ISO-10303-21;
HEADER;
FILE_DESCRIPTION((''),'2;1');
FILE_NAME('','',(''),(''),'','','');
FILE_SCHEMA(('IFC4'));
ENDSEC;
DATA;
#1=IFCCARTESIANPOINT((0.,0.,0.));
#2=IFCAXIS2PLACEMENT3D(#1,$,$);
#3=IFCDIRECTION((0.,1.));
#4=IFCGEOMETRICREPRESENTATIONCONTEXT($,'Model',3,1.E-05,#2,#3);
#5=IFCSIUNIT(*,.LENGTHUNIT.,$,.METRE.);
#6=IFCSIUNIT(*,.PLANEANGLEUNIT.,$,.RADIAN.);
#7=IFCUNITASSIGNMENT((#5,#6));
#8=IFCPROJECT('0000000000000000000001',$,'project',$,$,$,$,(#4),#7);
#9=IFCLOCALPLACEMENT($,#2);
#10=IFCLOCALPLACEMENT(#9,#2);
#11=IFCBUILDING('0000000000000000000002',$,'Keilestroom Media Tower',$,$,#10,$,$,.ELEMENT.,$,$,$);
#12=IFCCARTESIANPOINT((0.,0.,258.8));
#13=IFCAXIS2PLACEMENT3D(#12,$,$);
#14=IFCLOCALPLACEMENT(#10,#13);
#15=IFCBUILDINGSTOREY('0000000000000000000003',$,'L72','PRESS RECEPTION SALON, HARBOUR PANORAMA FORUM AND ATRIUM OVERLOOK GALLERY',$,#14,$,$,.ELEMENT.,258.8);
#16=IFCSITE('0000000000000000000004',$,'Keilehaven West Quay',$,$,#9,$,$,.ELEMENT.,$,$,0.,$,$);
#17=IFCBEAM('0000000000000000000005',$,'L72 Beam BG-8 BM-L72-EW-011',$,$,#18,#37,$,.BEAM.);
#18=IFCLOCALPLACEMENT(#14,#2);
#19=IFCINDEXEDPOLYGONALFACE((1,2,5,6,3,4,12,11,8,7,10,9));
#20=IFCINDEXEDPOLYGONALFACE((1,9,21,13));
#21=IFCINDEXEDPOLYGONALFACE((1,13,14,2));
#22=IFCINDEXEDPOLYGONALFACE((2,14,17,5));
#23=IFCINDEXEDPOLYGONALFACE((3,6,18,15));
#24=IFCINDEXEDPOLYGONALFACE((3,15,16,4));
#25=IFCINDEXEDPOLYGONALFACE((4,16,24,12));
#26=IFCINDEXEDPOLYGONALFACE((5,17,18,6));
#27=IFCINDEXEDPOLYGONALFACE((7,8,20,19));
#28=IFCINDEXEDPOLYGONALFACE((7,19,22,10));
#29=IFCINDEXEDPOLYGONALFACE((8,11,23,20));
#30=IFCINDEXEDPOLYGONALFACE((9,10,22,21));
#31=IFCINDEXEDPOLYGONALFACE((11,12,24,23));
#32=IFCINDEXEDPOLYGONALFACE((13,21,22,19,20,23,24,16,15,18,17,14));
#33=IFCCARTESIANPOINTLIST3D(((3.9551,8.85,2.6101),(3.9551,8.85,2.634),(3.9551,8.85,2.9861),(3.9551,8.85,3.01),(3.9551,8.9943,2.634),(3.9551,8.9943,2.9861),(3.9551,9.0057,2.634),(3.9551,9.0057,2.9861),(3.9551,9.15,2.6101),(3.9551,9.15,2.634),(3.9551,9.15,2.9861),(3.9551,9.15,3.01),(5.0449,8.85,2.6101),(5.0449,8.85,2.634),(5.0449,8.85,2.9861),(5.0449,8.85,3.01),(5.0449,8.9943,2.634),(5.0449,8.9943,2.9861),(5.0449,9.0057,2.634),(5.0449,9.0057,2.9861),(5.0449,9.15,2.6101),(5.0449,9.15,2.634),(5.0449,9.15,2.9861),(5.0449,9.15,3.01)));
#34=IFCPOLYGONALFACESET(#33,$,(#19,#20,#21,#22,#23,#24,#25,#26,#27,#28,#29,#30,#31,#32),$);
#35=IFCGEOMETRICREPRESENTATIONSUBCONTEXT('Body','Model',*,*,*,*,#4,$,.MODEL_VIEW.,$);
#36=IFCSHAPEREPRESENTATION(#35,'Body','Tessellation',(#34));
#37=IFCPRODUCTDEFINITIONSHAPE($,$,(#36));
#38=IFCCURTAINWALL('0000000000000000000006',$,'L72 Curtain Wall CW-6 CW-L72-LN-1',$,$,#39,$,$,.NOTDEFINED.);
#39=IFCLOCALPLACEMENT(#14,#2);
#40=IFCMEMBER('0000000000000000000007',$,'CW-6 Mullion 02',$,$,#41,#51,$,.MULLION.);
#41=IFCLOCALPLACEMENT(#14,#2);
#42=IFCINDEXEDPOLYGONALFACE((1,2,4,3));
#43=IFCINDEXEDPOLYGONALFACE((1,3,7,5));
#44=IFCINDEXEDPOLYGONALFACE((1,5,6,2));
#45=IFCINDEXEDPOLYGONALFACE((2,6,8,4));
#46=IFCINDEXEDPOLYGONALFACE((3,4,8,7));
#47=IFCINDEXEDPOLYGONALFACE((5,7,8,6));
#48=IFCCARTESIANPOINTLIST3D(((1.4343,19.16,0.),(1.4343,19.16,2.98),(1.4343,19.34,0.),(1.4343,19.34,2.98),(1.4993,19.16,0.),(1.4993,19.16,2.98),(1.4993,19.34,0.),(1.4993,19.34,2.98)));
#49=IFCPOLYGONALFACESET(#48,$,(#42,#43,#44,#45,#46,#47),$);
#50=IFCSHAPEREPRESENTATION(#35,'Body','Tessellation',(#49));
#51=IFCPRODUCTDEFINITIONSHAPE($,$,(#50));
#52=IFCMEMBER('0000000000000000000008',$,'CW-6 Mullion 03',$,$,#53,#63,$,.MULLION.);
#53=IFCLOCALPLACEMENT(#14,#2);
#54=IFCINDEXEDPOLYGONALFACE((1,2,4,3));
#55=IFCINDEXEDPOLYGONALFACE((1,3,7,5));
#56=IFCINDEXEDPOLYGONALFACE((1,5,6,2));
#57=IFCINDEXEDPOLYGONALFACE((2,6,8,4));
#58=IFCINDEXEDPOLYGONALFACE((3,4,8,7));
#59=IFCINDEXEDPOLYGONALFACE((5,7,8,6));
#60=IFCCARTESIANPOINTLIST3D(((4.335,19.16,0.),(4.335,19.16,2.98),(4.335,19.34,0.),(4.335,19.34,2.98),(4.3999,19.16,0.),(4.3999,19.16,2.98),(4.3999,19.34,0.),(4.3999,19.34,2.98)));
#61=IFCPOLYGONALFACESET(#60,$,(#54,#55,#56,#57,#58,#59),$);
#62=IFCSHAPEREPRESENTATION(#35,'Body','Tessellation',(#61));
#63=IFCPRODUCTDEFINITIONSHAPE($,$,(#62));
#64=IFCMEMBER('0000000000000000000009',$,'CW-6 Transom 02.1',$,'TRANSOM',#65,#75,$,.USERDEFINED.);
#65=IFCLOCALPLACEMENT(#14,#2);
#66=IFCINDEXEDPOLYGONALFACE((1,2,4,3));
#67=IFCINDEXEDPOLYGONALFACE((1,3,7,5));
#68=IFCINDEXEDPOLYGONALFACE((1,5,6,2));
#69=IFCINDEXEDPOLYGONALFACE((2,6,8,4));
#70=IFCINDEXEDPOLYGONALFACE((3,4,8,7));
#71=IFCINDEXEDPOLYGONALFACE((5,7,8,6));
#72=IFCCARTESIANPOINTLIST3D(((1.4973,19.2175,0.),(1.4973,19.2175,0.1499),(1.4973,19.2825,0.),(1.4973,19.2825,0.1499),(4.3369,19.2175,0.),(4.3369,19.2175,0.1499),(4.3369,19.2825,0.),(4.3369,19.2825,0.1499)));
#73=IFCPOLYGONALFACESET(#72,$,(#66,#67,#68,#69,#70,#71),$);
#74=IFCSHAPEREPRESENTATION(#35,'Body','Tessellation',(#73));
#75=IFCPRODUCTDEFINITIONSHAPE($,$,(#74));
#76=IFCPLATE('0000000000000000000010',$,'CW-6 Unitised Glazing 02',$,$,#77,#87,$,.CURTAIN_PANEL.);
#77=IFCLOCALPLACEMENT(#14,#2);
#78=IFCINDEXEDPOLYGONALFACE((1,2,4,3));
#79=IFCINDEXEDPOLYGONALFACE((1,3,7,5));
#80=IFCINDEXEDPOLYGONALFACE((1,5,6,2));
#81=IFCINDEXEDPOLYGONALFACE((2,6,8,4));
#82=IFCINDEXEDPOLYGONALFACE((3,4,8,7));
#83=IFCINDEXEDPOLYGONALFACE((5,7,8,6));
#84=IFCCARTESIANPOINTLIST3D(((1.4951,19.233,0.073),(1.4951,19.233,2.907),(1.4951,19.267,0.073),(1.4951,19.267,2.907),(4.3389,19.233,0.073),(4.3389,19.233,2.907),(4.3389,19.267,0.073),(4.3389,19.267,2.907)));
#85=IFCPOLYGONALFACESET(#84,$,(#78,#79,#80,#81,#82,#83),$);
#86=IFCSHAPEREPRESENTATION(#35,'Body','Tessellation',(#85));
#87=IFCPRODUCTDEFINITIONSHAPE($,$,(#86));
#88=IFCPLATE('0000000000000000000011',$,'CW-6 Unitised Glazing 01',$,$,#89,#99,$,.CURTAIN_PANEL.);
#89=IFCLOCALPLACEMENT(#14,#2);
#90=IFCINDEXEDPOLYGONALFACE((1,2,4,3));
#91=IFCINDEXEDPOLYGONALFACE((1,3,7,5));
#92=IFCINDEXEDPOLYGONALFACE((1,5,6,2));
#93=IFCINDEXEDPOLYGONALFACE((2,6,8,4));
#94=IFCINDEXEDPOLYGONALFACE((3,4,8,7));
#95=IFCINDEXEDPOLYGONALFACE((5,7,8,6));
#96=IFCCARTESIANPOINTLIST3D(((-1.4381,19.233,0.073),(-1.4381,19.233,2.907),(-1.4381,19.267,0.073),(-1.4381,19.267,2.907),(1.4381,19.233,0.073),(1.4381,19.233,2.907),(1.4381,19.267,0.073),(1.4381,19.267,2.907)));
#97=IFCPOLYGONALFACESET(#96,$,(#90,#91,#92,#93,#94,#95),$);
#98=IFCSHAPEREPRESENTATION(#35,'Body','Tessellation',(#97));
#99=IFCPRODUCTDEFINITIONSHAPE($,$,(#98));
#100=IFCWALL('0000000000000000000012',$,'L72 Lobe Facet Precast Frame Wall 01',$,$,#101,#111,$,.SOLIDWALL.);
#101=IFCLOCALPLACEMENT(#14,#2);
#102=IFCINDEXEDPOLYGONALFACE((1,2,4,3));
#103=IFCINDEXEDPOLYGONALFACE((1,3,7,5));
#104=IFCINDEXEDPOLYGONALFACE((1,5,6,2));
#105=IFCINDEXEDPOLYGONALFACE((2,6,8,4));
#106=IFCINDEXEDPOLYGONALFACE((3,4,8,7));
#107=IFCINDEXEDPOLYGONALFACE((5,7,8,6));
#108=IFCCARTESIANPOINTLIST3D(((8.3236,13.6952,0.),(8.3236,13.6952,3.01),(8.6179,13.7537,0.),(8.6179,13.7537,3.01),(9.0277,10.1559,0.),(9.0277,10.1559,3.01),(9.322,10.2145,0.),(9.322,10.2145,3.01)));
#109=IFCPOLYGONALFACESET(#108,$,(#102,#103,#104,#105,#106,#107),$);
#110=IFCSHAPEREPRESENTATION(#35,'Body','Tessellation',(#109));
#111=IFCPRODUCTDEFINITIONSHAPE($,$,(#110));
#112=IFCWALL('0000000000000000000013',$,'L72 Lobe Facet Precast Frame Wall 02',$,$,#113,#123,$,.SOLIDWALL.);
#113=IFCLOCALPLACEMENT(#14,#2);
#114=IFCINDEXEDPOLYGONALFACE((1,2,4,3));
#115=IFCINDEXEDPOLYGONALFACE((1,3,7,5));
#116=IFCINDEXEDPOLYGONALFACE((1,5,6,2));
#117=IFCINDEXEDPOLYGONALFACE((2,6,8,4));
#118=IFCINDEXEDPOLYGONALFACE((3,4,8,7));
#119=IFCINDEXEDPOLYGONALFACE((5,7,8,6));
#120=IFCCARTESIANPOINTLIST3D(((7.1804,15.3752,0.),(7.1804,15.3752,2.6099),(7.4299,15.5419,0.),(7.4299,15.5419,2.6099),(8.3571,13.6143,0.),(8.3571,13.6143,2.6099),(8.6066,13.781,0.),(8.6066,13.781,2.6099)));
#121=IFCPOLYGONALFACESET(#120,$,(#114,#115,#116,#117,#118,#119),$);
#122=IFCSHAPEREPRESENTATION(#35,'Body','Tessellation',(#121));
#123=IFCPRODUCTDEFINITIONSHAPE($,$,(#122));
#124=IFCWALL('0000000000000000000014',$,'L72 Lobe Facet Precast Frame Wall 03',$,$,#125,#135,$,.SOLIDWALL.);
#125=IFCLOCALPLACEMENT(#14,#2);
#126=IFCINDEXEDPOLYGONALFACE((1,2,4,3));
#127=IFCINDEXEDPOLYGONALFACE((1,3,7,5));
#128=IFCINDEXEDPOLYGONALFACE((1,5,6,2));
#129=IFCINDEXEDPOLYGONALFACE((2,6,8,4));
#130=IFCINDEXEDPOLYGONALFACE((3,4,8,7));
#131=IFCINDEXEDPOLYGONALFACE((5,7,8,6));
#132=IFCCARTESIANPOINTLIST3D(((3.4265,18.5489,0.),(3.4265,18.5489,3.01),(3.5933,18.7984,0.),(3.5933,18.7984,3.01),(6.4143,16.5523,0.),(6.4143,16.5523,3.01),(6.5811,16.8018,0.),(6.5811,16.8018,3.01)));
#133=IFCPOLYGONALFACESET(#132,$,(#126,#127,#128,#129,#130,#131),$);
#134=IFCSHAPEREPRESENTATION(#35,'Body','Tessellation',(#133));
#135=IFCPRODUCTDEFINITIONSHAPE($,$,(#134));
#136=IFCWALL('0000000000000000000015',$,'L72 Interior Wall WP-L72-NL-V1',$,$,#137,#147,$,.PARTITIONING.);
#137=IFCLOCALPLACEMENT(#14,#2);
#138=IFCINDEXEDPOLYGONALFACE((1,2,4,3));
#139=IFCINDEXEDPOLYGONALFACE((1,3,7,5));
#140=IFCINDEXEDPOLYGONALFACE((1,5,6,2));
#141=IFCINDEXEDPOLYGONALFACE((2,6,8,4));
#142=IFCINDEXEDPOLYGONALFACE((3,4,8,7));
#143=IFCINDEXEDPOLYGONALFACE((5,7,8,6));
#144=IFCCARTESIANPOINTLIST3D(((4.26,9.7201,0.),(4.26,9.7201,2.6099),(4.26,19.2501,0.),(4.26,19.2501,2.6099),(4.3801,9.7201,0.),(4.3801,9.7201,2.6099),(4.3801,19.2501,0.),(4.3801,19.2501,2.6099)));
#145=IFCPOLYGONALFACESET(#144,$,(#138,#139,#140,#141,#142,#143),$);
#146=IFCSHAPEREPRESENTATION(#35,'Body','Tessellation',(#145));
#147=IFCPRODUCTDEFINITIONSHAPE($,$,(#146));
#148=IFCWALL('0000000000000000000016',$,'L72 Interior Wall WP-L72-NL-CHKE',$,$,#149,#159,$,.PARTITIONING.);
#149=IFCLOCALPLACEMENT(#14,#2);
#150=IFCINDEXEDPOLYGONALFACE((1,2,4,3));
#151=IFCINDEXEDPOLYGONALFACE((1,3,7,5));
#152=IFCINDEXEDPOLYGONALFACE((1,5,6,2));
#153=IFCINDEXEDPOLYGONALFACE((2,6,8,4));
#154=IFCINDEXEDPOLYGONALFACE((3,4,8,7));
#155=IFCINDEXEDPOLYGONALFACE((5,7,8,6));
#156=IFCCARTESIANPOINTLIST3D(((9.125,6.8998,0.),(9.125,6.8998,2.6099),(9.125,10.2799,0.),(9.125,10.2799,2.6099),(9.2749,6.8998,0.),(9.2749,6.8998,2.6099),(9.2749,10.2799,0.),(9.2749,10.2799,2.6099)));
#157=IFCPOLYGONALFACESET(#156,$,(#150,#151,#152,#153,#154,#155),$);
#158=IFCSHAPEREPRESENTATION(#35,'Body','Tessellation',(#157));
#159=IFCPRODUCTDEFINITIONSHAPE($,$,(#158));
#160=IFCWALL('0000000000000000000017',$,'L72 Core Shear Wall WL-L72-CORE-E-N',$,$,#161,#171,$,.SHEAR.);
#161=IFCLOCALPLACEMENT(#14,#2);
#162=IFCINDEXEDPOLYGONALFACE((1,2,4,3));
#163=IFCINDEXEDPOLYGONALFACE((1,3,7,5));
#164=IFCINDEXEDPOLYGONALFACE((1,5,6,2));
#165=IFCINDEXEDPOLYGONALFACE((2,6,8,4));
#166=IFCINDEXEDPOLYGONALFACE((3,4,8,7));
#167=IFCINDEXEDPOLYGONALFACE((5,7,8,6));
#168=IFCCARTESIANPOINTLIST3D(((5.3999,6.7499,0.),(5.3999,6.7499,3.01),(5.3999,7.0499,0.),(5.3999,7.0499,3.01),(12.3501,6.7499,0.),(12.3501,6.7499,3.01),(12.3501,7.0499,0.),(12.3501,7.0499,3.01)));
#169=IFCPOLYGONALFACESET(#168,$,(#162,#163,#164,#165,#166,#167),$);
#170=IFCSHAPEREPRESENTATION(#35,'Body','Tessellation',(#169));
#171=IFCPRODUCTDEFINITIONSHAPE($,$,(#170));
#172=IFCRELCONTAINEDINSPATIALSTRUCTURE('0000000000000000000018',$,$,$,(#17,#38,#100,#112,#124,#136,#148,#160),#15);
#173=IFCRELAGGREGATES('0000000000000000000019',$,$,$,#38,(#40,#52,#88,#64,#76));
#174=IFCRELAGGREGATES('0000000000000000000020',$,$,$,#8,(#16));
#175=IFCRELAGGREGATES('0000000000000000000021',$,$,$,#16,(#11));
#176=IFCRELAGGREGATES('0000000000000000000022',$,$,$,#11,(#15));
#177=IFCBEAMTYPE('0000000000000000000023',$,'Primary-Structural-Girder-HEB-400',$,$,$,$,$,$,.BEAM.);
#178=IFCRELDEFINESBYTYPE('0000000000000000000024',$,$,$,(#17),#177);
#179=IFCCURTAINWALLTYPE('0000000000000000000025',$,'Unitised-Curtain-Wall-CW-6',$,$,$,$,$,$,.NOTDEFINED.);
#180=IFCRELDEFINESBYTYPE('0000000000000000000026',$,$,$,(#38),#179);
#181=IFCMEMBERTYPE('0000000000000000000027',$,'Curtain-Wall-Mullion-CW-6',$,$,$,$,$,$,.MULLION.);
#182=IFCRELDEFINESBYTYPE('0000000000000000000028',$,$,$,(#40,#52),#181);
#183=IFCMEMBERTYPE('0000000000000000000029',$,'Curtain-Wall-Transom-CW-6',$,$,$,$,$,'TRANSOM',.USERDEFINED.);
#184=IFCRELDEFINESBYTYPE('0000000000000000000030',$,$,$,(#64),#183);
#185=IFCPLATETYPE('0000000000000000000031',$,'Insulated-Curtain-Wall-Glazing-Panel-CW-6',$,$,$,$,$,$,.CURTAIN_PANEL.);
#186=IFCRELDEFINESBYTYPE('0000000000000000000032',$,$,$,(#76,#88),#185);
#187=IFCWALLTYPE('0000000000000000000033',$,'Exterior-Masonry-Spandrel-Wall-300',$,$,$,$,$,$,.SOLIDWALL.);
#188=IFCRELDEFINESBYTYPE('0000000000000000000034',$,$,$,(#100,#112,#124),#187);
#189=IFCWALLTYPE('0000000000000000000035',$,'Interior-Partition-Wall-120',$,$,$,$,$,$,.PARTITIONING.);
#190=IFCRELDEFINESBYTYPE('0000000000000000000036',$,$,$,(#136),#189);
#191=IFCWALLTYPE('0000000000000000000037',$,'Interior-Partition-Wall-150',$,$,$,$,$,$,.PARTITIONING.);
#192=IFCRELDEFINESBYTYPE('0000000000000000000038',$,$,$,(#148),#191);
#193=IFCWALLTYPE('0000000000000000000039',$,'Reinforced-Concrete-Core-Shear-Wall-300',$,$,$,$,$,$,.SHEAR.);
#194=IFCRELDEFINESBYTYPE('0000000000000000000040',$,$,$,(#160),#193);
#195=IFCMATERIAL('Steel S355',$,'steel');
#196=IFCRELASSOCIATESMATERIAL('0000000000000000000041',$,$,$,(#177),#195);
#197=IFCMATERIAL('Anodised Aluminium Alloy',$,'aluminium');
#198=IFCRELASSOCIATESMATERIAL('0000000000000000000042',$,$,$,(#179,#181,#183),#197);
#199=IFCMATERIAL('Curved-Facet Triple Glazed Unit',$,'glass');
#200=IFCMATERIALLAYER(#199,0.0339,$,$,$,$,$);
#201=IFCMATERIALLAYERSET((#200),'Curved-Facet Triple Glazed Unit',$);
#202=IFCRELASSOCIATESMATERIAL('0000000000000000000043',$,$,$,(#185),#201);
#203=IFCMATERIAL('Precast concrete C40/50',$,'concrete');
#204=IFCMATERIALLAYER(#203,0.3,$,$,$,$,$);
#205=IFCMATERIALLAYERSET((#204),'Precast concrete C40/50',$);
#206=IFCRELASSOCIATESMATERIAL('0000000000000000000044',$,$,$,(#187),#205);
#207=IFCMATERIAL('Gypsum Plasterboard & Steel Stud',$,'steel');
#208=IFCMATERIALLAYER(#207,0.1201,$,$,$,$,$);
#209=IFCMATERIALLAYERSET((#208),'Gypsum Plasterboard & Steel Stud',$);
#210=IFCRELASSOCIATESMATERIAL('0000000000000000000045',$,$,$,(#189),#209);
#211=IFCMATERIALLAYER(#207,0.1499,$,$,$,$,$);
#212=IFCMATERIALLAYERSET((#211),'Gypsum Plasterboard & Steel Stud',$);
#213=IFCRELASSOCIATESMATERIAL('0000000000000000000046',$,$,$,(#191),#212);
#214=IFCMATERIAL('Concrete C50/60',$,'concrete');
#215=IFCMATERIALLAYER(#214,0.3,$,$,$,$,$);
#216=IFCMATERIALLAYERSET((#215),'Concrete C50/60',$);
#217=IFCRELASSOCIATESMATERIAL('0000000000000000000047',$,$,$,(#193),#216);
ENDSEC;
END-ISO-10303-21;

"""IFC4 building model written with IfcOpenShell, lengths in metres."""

from ifc_helpers import new_model, si_unit, direction, frame, frame_2d, origin, origin_2d, place, context, subcontext, project, spatial, rectangle, i_section, extrude, source, transform, mapped, material, layer, layer_set, material_profile, profile_set, type_object, element, aggregate, save


model = new_model("IFC4")

# Units and contexts
model_context = context("Model", 3, precision=1e-05, world=origin(), true_north=direction((0.0, 1.0)))
body_context = subcontext(model_context, "Body", "Model", "MODEL_VIEW")
ifc_project = project(units=[si_unit("LENGTHUNIT", "METRE"), si_unit("PLANEANGLEUNIT", "RADIAN")], contexts=[model_context])

# Site, building, storey
site_placement = place(None, origin())
site = spatial("IfcSite", under=ifc_project, at=site_placement, Name="Keilehaven West Quay", CompositionType="ELEMENT", RefElevation=0.0)
building_placement = place(site_placement, origin())
building = spatial("IfcBuilding", under=site, at=building_placement, Name="Keilestroom Media Tower", CompositionType="ELEMENT")
storey_placement = place(building_placement, frame((0.0, 0.0, 258.8)))
storey = spatial("IfcBuildingStorey", under=building, at=storey_placement, Name="L72", Description="PRESS RECEPTION SALON, HARBOUR PANORAMA FORUM AND ATRIUM OVERLOOK GALLERY", CompositionType="ELEMENT", Elevation=258.8)

# Shared definitions
ifc_material_1 = material(Name="Concrete C50/60", Category="concrete")
ifc_material_2 = material(Name="Steel S355", Category="steel")

# Beam
ifc_material_profile_1 = material_profile(ifc_material_2, i_section(OverallWidth=0.3, OverallDepth=0.3999, WebThickness=0.0115, FlangeThickness=0.0239, at=origin_2d()), Name="HEB 400")
ifc_profile_set_1 = profile_set([ifc_material_profile_1], Name="Steel S355")
beam_type = type_object("IfcBeamType", Name="Primary-Structural-Girder-HEB-400", PredefinedType="BEAM", material=ifc_profile_set_1)
shared_shape_1 = source(origin(), body_context, "Body", "SweptSolid", [
    extrude(i_section(OverallWidth=0.3, OverallDepth=0.3999, WebThickness=0.0115, FlangeThickness=0.0239, at=origin_2d()), origin(), (0.0, 0.0, 1.0), 1.0898),
])
beam_1_placement = place(storey_placement, frame((3.9551, 9.0, 2.8101), z_axis=(1.0, 0.0, 0.0), x_axis=(0.0, 1.0, 0.0)))
element("IfcBeam", 1, at=beam_1_placement, inside=storey, type_object=beam_type, Name="L72 Beam BG-8 BM-L72-EW-011", PredefinedType="BEAM", context=body_context, shape_type="MappedRepresentation", body=[
    mapped(shared_shape_1, transform((0.0, 0.0, 0.0), x_axis=(1.0, 0.0, 0.0), y_axis=(0.0, 1.0, 0.0), z_axis=(0.0, 0.0, 1.0), scale=1.0)),
])

# Curtain wall, members, plates
ifc_material_3 = material(Name="Anodised Aluminium Alloy", Category="aluminium")
curtain_wall_type = type_object("IfcCurtainWallType", Name="Unitised-Curtain-Wall-CW-6", PredefinedType="NOTDEFINED", material=ifc_material_3)
curtain_wall_placement = place(storey_placement, origin())
curtain_wall = element("IfcCurtainWall", 2, at=curtain_wall_placement, inside=storey, type_object=curtain_wall_type, Name="L72 Curtain Wall CW-6 CW-L72-LN-1", PredefinedType="NOTDEFINED")
ifc_material_profile_2 = material_profile(ifc_material_3, rectangle(XDim=0.0649, YDim=0.1799, at=origin_2d()), Name="ALU MULLION 65x180")
ifc_profile_set_2 = profile_set([ifc_material_profile_2], Name="Anodised Aluminium Alloy")
member_type_1 = type_object("IfcMemberType", Name="Curtain-Wall-Mullion-CW-6", PredefinedType="MULLION", material=ifc_profile_set_2)
shared_shape_2 = source(origin(), body_context, "Body", "SweptSolid", [
    extrude(rectangle(XDim=0.0649, YDim=0.1799, at=origin_2d()), origin(), (0.0, 0.0, 1.0), 2.98),
])
member_1_placement = place(storey_placement, frame((1.4668, 19.25, 0.0), z_axis=(0.0, 0.0, 1.0), x_axis=(1.0, 0.0, 0.0)))
member_1 = element("IfcMember", 3, at=member_1_placement, type_object=member_type_1, Name="CW-6 Mullion 02", PredefinedType="MULLION", context=body_context, shape_type="MappedRepresentation", body=[
    mapped(shared_shape_2, transform((0.0, 0.0, 0.0), x_axis=(1.0, 0.0, 0.0), y_axis=(0.0, 1.0, 0.0), z_axis=(0.0, 0.0, 1.0), scale=1.0)),
])
member_2_placement = place(storey_placement, frame((4.3674, 19.25, 0.0), z_axis=(0.0, 0.0, 1.0), x_axis=(1.0, 0.0, 0.0)))
member_2 = element("IfcMember", 4, at=member_2_placement, type_object=member_type_1, Name="CW-6 Mullion 03", PredefinedType="MULLION", context=body_context, shape_type="MappedRepresentation", body=[
    mapped(shared_shape_2, transform((0.0, 0.0, 0.0), x_axis=(1.0, 0.0, 0.0), y_axis=(0.0, 1.0, 0.0), z_axis=(0.0, 0.0, 1.0), scale=1.0)),
])
ifc_material_profile_3 = material_profile(ifc_material_3, rectangle(XDim=0.0649, YDim=0.1499, at=origin_2d()), Name="ALU TRANSOM 65x150")
ifc_profile_set_3 = profile_set([ifc_material_profile_3], Name="Anodised Aluminium Alloy")
member_type_2 = type_object("IfcMemberType", Name="Curtain-Wall-Transom-CW-6", ElementType="TRANSOM", PredefinedType="USERDEFINED", material=ifc_profile_set_3)
shared_shape_3 = source(origin(), body_context, "Body", "SweptSolid", [
    extrude(rectangle(XDim=0.0649, YDim=0.1499, at=origin_2d()), origin(), (0.0, 0.0, 1.0), 2.8396),
])
member_3_placement = place(storey_placement, frame((1.4973, 19.25, 0.075), z_axis=(1.0, 0.0, 0.0), x_axis=(0.0, 1.0, 0.0)))
member_3 = element("IfcMember", 5, at=member_3_placement, type_object=member_type_2, Name="CW-6 Transom 02.1", ObjectType="TRANSOM", PredefinedType="USERDEFINED", context=body_context, shape_type="MappedRepresentation", body=[
    mapped(shared_shape_3, transform((0.0, 0.0, 0.0), x_axis=(1.0, 0.0, 0.0), y_axis=(0.0, 1.0, 0.0), z_axis=(0.0, 0.0, 1.0), scale=1.0)),
])
ifc_material_4 = material(Name="Curved-Facet Triple Glazed Unit", Category="glass")
ifc_layer_1 = layer(ifc_material_4, 0.0339)
ifc_layer_set_1 = layer_set([ifc_layer_1], Name="Curved-Facet Triple Glazed Unit")
plate_type = type_object("IfcPlateType", Name="Insulated-Curtain-Wall-Glazing-Panel-CW-6", PredefinedType="CURTAIN_PANEL", material=ifc_layer_set_1)
shared_shape_4 = source(origin(), body_context, "Body", "SweptSolid", [
    extrude(rectangle(XDim=2.8438, YDim=0.0339, at=origin_2d()), origin(), (0.0, 0.0, 1.0), 2.834),
])
plate_1_placement = place(storey_placement, frame((2.917, 19.25, 0.073), z_axis=(0.0, 0.0, 1.0), x_axis=(1.0, 0.0, 0.0)))
plate_1 = element("IfcPlate", 6, at=plate_1_placement, type_object=plate_type, Name="CW-6 Unitised Glazing 02", PredefinedType="CURTAIN_PANEL", context=body_context, shape_type="MappedRepresentation", body=[
    mapped(shared_shape_4, transform((0.0, 0.0, 0.0), x_axis=(1.0, 0.0, 0.0), y_axis=(0.0, 1.0, 0.0), z_axis=(0.0, 0.0, 1.0), scale=1.0)),
])
shared_shape_5 = source(origin(), body_context, "Body", "SweptSolid", [
    extrude(rectangle(XDim=2.8762, YDim=0.0339, at=origin_2d()), origin(), (0.0, 0.0, 1.0), 2.834),
])
plate_2_placement = place(storey_placement, frame((0.0, 19.25, 0.073), z_axis=(0.0, 0.0, 1.0), x_axis=(1.0, 0.0, 0.0)))
plate_2 = element("IfcPlate", 7, at=plate_2_placement, type_object=plate_type, Name="CW-6 Unitised Glazing 01", PredefinedType="CURTAIN_PANEL", context=body_context, shape_type="MappedRepresentation", body=[
    mapped(shared_shape_5, transform((0.0, 0.0, 0.0), x_axis=(1.0, 0.0, 0.0), y_axis=(0.0, 1.0, 0.0), z_axis=(0.0, 0.0, 1.0), scale=1.0)),
])
aggregate(curtain_wall, [member_1, member_2, plate_2, member_3, plate_1])

# Walls
ifc_material_5 = material(Name="Precast concrete C40/50", Category="concrete")
ifc_layer_2 = layer(ifc_material_5, 0.3)
ifc_layer_set_2 = layer_set([ifc_layer_2], Name="Precast concrete C40/50")
wall_type_1 = type_object("IfcWallType", Name="Exterior-Masonry-Spandrel-Wall-300", PredefinedType="SOLIDWALL", material=ifc_layer_set_2)
wall_1_placement = place(storey_placement, frame((9.1748, 10.1853, 0.0), z_axis=(0.0, 0.0, 1.0), x_axis=(-0.195114, 0.980781, 0.0)))
element("IfcWall", 8, at=wall_1_placement, inside=storey, type_object=wall_type_1, Name="L72 Lobe Facet Precast Frame Wall 01", PredefinedType="SOLIDWALL", context=body_context, shape_type="SweptSolid", body=[
    extrude(rectangle(XDim=3.6086, YDim=0.3, at=frame_2d((1.8042, 0.0))), origin(), (0.0, 0.0, 1.0), 3.01),
])
wall_2_placement = place(storey_placement, frame((8.4819, 13.6975, 0.0), z_axis=(0.0, 0.0, 1.0), x_axis=(-0.555604, 0.831447, 0.0)))
element("IfcWall", 9, at=wall_2_placement, inside=storey, type_object=wall_type_1, Name="L72 Lobe Facet Precast Frame Wall 02", PredefinedType="SOLIDWALL", context=body_context, shape_type="SweptSolid", body=[
    extrude(rectangle(XDim=2.1179, YDim=0.3, at=frame_2d((1.0591, 0.0))), origin(), (0.0, 0.0, 1.0), 2.6099),
])
wall_3_placement = place(storey_placement, frame((6.4978, 16.677, 0.0), z_axis=(0.0, 0.0, 1.0), x_axis=(-0.831444, 0.555609, 0.0)))
element("IfcWall", 10, at=wall_3_placement, inside=storey, type_object=wall_type_1, Name="L72 Lobe Facet Precast Frame Wall 03", PredefinedType="SOLIDWALL", context=body_context, shape_type="SweptSolid", body=[
    extrude(rectangle(XDim=3.5935, YDim=0.3, at=frame_2d((1.7969, 0.0))), origin(), (0.0, 0.0, 1.0), 3.01),
])
ifc_material_6 = material(Name="Gypsum Plasterboard & Steel Stud", Category="steel")
ifc_layer_3 = layer(ifc_material_6, 0.1201)
ifc_layer_set_3 = layer_set([ifc_layer_3], Name="Gypsum Plasterboard & Steel Stud")
wall_type_2 = type_object("IfcWallType", Name="Interior-Partition-Wall-120", PredefinedType="PARTITIONING", material=ifc_layer_set_3)
wall_4_placement = place(storey_placement, frame((4.3201, 9.72, 0.0), z_axis=(0.0, 0.0, 1.0), x_axis=(0.0, 1.0, 0.0)))
element("IfcWall", 11, at=wall_4_placement, inside=storey, type_object=wall_type_2, Name="L72 Interior Wall WP-L72-NL-V1", PredefinedType="PARTITIONING", context=body_context, shape_type="SweptSolid", body=[
    extrude(rectangle(XDim=9.53, YDim=0.1201, at=frame_2d((4.7651, 0.0))), origin(), (0.0, 0.0, 1.0), 2.6099),
])
ifc_layer_4 = layer(ifc_material_6, 0.1499)
ifc_layer_set_4 = layer_set([ifc_layer_4], Name="Gypsum Plasterboard & Steel Stud")
wall_type_3 = type_object("IfcWallType", Name="Interior-Partition-Wall-150", PredefinedType="PARTITIONING", material=ifc_layer_set_4)
wall_5_placement = place(storey_placement, frame((9.2, 6.8999, 0.0), z_axis=(0.0, 0.0, 1.0), x_axis=(0.0, 1.0, 0.0)))
element("IfcWall", 12, at=wall_5_placement, inside=storey, type_object=wall_type_3, Name="L72 Interior Wall WP-L72-NL-CHKE", PredefinedType="PARTITIONING", context=body_context, shape_type="SweptSolid", body=[
    extrude(rectangle(XDim=3.3801, YDim=0.1499, at=frame_2d((1.6899, 0.0))), origin(), (0.0, 0.0, 1.0), 2.6099),
])
ifc_layer_5 = layer(ifc_material_1, 0.3)
ifc_layer_set_5 = layer_set([ifc_layer_5], Name="Concrete C50/60")
wall_type_4 = type_object("IfcWallType", Name="Reinforced-Concrete-Core-Shear-Wall-300", PredefinedType="SHEAR", material=ifc_layer_set_5)
wall_6_placement = place(storey_placement, frame((5.3999, 6.8999, 0.0), z_axis=(0.0, 0.0, 1.0), x_axis=(1.0, 0.0, 0.0)))
element("IfcWall", 13, at=wall_6_placement, inside=storey, type_object=wall_type_4, Name="L72 Core Shear Wall WL-L72-CORE-E-N", PredefinedType="SHEAR", context=body_context, shape_type="SweptSolid", body=[
    extrude(rectangle(XDim=6.9502, YDim=0.3, at=frame_2d((3.4751, 0.0))), origin(), (0.0, 0.0, 1.0), 3.01),
])

save(model, "model.ifc")
